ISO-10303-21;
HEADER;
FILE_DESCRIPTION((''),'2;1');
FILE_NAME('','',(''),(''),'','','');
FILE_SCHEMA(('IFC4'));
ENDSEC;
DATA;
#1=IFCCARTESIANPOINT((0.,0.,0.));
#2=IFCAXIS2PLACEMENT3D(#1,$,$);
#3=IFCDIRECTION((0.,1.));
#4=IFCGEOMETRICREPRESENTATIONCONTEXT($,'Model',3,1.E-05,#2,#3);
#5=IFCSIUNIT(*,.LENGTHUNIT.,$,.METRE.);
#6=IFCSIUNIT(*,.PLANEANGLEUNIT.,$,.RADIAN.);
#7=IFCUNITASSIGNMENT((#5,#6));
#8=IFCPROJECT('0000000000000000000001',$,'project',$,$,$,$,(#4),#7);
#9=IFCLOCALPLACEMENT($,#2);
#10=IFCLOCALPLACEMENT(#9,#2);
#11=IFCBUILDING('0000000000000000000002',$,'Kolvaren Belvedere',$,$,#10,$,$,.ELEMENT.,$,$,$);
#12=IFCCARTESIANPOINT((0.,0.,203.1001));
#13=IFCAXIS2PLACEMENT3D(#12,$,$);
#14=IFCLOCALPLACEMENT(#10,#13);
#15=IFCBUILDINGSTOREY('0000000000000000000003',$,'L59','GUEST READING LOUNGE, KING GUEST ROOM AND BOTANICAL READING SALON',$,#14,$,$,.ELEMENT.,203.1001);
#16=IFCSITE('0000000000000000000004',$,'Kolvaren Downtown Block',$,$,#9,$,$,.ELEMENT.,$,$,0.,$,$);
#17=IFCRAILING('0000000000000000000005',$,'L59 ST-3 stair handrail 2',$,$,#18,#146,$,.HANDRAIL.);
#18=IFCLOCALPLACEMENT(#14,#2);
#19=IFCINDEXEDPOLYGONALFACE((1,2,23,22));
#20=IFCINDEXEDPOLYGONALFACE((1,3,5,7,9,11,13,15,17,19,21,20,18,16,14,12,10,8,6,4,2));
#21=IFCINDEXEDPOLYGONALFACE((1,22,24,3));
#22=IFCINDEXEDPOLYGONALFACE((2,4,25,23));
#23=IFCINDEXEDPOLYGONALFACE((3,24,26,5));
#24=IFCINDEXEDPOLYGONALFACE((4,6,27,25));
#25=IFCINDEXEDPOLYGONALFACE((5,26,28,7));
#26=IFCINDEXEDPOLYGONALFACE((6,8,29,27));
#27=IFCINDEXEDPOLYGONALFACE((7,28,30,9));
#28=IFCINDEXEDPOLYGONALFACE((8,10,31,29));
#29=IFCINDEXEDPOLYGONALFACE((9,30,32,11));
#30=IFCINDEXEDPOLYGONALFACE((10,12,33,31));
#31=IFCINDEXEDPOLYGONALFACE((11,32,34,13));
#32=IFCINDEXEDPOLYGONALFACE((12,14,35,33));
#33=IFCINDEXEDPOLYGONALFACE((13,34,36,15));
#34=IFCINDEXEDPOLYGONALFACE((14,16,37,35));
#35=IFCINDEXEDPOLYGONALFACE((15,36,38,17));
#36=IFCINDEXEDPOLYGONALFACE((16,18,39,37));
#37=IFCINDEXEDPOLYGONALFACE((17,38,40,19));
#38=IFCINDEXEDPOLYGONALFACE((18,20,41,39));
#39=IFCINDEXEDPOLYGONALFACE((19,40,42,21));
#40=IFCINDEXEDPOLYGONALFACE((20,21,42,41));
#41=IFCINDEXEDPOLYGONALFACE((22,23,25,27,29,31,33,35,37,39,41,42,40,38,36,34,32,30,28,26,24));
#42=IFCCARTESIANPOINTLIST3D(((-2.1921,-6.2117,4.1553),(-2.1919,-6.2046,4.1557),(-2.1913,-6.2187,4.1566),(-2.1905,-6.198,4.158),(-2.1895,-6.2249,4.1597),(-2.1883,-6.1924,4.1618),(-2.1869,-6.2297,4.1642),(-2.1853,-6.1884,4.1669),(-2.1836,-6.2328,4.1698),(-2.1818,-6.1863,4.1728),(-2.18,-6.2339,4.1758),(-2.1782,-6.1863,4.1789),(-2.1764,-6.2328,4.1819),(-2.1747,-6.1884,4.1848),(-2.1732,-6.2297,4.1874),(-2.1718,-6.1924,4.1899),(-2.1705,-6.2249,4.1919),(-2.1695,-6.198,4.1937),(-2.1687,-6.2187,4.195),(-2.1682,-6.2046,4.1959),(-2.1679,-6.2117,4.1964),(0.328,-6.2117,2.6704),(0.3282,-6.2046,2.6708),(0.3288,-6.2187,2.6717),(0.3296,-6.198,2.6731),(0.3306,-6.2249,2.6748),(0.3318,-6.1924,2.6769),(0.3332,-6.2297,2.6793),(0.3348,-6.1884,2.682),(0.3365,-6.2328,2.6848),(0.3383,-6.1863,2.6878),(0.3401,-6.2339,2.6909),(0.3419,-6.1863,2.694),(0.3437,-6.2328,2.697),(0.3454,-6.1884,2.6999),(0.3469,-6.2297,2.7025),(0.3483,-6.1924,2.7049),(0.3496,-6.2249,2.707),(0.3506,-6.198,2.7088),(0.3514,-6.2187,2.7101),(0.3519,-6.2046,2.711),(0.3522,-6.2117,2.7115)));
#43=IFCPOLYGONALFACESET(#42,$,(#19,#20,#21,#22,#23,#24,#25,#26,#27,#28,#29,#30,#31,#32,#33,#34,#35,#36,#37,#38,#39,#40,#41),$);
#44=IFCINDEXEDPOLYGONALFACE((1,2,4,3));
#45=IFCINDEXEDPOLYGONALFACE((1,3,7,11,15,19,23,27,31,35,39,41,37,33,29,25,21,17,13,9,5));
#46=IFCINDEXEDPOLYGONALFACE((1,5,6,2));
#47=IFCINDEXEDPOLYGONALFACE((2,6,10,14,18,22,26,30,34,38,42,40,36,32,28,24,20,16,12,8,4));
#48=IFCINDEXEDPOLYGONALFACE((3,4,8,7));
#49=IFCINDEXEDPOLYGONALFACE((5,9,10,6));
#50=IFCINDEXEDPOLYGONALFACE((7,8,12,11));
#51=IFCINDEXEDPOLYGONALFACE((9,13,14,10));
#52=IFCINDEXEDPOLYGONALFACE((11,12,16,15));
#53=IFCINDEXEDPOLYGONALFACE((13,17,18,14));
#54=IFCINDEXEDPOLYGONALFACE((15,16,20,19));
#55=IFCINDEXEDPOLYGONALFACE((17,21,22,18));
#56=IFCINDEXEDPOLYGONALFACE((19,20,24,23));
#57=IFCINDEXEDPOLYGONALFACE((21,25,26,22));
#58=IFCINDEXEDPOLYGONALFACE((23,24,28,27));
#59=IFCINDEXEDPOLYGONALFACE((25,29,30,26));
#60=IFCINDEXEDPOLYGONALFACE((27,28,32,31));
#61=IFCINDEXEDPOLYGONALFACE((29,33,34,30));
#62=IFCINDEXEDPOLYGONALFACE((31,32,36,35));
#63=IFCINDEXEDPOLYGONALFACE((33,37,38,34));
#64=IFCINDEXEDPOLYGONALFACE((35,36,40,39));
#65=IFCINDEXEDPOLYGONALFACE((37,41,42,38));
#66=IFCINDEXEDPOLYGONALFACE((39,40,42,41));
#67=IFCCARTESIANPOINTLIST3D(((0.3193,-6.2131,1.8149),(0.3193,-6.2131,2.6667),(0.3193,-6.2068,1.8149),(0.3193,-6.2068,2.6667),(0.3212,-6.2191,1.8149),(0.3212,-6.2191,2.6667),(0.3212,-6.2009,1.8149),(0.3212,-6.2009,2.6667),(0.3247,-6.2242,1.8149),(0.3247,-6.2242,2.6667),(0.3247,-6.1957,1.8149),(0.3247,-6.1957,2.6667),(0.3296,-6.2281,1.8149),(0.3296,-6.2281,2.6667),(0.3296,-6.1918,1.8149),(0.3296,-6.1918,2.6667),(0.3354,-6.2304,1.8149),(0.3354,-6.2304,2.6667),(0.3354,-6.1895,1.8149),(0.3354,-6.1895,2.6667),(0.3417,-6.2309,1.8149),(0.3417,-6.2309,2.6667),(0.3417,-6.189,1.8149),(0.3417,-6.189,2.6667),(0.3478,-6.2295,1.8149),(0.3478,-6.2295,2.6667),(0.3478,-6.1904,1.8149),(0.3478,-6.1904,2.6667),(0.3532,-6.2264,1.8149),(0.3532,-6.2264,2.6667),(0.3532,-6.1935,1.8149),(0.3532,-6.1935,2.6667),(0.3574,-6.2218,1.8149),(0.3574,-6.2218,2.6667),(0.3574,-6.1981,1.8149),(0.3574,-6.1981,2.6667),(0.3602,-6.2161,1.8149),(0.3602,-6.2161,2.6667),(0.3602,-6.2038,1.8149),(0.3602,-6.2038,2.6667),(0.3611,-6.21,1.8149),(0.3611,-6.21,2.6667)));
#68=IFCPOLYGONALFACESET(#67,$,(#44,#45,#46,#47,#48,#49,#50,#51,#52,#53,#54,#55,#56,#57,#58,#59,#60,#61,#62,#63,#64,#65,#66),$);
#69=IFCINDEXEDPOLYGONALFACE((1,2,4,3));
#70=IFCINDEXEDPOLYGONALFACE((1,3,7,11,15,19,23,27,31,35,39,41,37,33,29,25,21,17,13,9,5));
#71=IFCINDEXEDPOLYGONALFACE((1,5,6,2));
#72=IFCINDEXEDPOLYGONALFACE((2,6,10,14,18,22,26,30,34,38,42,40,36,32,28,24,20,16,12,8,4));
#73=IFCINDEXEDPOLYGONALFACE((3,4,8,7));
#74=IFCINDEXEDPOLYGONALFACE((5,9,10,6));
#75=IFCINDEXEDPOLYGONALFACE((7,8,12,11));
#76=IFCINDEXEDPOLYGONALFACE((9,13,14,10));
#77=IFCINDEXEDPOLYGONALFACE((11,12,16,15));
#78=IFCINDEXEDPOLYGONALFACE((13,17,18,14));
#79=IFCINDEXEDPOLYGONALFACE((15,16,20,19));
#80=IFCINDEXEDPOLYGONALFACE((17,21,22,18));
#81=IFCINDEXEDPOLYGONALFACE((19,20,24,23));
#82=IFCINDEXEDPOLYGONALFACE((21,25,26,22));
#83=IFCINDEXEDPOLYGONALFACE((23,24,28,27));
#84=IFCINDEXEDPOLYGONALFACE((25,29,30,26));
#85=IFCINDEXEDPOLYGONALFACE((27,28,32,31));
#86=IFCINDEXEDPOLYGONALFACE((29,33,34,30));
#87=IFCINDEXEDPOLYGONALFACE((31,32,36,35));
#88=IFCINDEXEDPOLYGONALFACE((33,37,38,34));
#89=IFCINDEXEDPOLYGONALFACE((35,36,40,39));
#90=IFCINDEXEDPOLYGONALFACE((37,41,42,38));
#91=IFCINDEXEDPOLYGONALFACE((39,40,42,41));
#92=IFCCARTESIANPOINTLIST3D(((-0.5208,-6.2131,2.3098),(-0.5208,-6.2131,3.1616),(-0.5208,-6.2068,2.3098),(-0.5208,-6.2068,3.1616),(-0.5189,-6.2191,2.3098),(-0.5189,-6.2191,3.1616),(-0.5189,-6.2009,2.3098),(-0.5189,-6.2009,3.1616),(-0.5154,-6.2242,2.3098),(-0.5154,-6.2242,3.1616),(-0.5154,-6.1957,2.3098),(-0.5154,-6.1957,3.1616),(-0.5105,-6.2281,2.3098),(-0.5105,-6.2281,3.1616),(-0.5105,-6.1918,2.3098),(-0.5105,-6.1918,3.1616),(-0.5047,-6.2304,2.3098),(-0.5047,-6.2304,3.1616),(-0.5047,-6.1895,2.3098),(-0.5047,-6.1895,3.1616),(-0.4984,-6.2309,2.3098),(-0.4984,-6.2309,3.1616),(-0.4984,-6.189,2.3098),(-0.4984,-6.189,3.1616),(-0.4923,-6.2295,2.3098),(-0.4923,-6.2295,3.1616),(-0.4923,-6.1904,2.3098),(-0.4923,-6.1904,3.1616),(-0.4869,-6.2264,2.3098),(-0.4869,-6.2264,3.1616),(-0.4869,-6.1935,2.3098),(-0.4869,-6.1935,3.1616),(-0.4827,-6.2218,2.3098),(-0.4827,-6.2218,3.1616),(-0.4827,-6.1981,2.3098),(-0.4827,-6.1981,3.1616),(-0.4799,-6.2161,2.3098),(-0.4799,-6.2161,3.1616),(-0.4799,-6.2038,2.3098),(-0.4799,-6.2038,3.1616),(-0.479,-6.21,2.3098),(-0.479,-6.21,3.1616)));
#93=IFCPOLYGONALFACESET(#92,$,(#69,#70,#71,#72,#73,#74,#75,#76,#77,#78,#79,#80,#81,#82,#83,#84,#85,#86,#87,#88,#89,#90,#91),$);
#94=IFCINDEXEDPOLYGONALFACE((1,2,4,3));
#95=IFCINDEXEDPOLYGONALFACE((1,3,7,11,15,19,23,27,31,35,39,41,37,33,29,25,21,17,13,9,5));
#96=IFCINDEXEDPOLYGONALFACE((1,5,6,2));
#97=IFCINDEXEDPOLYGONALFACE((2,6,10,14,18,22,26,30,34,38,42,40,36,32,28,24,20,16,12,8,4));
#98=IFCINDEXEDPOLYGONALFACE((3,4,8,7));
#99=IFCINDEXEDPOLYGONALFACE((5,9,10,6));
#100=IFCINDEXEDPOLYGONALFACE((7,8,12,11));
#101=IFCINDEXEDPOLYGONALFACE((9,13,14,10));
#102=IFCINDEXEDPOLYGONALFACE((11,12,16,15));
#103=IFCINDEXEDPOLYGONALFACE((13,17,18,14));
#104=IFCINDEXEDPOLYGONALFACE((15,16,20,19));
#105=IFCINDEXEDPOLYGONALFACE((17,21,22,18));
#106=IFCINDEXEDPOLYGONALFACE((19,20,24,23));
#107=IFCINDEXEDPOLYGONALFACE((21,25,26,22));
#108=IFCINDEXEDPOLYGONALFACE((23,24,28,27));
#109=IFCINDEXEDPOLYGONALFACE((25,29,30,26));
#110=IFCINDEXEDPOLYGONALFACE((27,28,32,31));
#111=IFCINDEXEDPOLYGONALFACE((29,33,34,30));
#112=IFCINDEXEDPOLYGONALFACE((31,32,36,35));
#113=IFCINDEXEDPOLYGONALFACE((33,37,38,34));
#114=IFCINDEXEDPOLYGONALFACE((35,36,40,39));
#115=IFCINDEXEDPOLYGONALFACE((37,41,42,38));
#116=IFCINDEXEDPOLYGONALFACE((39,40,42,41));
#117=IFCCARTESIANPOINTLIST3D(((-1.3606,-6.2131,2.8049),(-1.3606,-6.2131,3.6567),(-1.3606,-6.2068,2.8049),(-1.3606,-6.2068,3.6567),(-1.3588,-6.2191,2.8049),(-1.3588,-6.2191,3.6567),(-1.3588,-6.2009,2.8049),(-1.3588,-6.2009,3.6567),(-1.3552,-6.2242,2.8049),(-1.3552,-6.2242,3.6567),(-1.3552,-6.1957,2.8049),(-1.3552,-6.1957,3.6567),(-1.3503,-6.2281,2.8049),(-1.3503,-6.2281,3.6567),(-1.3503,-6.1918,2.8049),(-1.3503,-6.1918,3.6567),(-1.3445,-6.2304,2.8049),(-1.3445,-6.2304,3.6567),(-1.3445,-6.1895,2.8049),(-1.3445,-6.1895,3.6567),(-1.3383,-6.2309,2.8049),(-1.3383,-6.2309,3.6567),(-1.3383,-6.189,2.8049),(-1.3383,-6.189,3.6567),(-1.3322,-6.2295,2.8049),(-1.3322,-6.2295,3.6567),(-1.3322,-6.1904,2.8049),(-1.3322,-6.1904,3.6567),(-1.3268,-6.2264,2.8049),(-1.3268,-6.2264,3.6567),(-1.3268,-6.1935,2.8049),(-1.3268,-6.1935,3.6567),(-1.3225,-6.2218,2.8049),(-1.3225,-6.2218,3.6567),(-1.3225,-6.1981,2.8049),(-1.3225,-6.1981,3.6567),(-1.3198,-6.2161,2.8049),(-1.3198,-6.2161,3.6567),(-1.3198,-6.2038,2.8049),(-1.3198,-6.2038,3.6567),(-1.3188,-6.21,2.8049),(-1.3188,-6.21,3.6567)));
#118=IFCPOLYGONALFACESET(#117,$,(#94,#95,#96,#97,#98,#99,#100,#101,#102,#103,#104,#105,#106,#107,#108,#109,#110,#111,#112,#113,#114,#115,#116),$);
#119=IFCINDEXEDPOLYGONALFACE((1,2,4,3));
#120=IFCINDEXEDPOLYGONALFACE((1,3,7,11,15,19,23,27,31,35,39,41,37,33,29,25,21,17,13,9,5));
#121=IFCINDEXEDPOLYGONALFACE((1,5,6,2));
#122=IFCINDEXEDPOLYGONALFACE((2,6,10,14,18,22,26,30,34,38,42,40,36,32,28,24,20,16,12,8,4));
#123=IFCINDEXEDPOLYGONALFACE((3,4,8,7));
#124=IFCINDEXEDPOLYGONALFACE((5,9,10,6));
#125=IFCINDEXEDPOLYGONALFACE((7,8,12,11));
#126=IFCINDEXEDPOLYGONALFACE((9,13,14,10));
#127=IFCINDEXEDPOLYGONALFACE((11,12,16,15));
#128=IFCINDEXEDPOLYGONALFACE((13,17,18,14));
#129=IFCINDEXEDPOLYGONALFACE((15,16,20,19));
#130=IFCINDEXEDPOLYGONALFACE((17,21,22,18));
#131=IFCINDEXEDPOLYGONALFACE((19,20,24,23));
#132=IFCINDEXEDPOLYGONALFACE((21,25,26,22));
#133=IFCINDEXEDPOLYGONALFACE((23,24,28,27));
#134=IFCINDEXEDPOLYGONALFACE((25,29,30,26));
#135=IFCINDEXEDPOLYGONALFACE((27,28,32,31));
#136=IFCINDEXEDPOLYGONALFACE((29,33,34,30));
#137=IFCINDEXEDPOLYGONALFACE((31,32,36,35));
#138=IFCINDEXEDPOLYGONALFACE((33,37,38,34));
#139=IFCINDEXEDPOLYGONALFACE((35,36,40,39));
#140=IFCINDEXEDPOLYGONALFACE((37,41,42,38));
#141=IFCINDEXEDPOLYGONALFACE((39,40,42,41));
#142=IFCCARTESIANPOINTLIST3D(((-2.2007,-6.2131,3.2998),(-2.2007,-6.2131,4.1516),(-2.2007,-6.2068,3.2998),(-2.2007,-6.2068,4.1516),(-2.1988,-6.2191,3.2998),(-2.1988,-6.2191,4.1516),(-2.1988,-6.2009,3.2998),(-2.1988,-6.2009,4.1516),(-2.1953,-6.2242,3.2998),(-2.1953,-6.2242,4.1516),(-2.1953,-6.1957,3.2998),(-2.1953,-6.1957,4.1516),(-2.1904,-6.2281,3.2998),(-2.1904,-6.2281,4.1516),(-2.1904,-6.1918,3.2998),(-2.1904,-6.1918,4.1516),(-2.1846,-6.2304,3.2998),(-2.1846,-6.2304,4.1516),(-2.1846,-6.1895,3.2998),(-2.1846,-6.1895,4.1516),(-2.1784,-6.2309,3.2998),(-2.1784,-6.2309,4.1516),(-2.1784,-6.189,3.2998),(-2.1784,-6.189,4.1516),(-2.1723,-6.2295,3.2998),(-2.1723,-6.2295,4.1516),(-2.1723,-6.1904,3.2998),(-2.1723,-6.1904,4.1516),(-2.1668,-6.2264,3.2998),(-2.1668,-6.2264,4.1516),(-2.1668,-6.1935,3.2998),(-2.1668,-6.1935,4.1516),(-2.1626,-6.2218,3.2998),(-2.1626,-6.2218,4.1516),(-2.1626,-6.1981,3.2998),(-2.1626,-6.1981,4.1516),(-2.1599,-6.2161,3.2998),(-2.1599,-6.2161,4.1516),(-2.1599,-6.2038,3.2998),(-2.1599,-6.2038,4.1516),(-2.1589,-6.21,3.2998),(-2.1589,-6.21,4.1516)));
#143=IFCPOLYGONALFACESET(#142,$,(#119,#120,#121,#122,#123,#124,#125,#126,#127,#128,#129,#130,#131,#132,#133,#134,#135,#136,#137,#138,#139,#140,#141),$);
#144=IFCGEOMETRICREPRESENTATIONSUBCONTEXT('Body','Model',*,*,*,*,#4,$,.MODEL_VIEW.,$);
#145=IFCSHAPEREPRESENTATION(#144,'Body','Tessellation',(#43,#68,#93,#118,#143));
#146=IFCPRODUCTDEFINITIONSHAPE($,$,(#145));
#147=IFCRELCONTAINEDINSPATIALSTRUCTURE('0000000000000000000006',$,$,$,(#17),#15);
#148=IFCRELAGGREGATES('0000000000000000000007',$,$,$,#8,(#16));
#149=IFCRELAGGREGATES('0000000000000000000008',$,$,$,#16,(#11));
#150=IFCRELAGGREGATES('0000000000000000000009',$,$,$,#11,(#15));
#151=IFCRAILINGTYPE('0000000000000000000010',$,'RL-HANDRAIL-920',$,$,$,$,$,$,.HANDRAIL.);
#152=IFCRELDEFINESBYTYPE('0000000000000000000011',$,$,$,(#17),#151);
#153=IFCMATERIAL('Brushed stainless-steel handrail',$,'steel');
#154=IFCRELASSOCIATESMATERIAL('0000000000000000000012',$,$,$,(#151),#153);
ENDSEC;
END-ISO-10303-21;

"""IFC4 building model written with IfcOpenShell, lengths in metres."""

from ifc_helpers import new_model, si_unit, direction, frame, origin, origin_2d, place, context, subcontext, project, spatial, circle, extrude, material, type_object, element, save


model = new_model("IFC4")

# Units and contexts
model_context = context("Model", 3, precision=1e-05, world=origin(), true_north=direction((0.0, 1.0)))
body_context = subcontext(model_context, "Body", "Model", "MODEL_VIEW")
ifc_project = project(units=[si_unit("LENGTHUNIT", "METRE"), si_unit("PLANEANGLEUNIT", "RADIAN")], contexts=[model_context])

# Site, building, storey
site_placement = place(None, origin())
site = spatial("IfcSite", under=ifc_project, at=site_placement, Name="Kolvaren Downtown Block", CompositionType="ELEMENT", RefElevation=0.0)
building_placement = place(site_placement, origin())
building = spatial("IfcBuilding", under=site, at=building_placement, Name="Kolvaren Belvedere", CompositionType="ELEMENT")
storey_placement = place(building_placement, frame((0.0, 0.0, 203.1001)))
storey = spatial("IfcBuildingStorey", under=building, at=storey_placement, Name="L59", Description="GUEST READING LOUNGE, KING GUEST ROOM AND BOTANICAL READING SALON", CompositionType="ELEMENT", Elevation=203.1001)

# Railing
ifc_material_1 = material(Name="Brushed stainless-steel handrail", Category="steel")
railing_type_1 = type_object("IfcRailingType", Name="RL-HANDRAIL-920", PredefinedType="HANDRAIL", material=ifc_material_1)
railing_1_placement = place(storey_placement, frame((0.3401, -6.21, 1.8149)))
element("IfcRailing", 1, at=railing_1_placement, inside=storey, type_object=railing_type_1, Name="L59 ST-3 stair handrail 2", PredefinedType="HANDRAIL", context=body_context, shape_type="SweptSolid", body=[
    extrude(circle(Radius=0.0239, at=origin_2d()), frame((0.0, 0.0, 0.876), z_axis=(-0.861561, 0.0, 0.507655), x_axis=(0.0, -1.0, 0.0)), (0.0, 0.0, 1.0), 2.925),
    extrude(circle(Radius=0.021, at=origin_2d()), origin(), (0.0, 0.0, 1.0), 0.8518),
    extrude(circle(Radius=0.021, at=origin_2d()), frame((-0.8401, 0.0, 0.4949)), (0.0, 0.0, 1.0), 0.8518),
    extrude(circle(Radius=0.021, at=origin_2d()), frame((-1.6799, 0.0, 0.99)), (0.0, 0.0, 1.0), 0.8518),
    extrude(circle(Radius=0.021, at=origin_2d()), frame((-2.52, 0.0, 1.4849)), (0.0, 0.0, 1.0), 0.8518),
])

save(model, "model.ifc")
